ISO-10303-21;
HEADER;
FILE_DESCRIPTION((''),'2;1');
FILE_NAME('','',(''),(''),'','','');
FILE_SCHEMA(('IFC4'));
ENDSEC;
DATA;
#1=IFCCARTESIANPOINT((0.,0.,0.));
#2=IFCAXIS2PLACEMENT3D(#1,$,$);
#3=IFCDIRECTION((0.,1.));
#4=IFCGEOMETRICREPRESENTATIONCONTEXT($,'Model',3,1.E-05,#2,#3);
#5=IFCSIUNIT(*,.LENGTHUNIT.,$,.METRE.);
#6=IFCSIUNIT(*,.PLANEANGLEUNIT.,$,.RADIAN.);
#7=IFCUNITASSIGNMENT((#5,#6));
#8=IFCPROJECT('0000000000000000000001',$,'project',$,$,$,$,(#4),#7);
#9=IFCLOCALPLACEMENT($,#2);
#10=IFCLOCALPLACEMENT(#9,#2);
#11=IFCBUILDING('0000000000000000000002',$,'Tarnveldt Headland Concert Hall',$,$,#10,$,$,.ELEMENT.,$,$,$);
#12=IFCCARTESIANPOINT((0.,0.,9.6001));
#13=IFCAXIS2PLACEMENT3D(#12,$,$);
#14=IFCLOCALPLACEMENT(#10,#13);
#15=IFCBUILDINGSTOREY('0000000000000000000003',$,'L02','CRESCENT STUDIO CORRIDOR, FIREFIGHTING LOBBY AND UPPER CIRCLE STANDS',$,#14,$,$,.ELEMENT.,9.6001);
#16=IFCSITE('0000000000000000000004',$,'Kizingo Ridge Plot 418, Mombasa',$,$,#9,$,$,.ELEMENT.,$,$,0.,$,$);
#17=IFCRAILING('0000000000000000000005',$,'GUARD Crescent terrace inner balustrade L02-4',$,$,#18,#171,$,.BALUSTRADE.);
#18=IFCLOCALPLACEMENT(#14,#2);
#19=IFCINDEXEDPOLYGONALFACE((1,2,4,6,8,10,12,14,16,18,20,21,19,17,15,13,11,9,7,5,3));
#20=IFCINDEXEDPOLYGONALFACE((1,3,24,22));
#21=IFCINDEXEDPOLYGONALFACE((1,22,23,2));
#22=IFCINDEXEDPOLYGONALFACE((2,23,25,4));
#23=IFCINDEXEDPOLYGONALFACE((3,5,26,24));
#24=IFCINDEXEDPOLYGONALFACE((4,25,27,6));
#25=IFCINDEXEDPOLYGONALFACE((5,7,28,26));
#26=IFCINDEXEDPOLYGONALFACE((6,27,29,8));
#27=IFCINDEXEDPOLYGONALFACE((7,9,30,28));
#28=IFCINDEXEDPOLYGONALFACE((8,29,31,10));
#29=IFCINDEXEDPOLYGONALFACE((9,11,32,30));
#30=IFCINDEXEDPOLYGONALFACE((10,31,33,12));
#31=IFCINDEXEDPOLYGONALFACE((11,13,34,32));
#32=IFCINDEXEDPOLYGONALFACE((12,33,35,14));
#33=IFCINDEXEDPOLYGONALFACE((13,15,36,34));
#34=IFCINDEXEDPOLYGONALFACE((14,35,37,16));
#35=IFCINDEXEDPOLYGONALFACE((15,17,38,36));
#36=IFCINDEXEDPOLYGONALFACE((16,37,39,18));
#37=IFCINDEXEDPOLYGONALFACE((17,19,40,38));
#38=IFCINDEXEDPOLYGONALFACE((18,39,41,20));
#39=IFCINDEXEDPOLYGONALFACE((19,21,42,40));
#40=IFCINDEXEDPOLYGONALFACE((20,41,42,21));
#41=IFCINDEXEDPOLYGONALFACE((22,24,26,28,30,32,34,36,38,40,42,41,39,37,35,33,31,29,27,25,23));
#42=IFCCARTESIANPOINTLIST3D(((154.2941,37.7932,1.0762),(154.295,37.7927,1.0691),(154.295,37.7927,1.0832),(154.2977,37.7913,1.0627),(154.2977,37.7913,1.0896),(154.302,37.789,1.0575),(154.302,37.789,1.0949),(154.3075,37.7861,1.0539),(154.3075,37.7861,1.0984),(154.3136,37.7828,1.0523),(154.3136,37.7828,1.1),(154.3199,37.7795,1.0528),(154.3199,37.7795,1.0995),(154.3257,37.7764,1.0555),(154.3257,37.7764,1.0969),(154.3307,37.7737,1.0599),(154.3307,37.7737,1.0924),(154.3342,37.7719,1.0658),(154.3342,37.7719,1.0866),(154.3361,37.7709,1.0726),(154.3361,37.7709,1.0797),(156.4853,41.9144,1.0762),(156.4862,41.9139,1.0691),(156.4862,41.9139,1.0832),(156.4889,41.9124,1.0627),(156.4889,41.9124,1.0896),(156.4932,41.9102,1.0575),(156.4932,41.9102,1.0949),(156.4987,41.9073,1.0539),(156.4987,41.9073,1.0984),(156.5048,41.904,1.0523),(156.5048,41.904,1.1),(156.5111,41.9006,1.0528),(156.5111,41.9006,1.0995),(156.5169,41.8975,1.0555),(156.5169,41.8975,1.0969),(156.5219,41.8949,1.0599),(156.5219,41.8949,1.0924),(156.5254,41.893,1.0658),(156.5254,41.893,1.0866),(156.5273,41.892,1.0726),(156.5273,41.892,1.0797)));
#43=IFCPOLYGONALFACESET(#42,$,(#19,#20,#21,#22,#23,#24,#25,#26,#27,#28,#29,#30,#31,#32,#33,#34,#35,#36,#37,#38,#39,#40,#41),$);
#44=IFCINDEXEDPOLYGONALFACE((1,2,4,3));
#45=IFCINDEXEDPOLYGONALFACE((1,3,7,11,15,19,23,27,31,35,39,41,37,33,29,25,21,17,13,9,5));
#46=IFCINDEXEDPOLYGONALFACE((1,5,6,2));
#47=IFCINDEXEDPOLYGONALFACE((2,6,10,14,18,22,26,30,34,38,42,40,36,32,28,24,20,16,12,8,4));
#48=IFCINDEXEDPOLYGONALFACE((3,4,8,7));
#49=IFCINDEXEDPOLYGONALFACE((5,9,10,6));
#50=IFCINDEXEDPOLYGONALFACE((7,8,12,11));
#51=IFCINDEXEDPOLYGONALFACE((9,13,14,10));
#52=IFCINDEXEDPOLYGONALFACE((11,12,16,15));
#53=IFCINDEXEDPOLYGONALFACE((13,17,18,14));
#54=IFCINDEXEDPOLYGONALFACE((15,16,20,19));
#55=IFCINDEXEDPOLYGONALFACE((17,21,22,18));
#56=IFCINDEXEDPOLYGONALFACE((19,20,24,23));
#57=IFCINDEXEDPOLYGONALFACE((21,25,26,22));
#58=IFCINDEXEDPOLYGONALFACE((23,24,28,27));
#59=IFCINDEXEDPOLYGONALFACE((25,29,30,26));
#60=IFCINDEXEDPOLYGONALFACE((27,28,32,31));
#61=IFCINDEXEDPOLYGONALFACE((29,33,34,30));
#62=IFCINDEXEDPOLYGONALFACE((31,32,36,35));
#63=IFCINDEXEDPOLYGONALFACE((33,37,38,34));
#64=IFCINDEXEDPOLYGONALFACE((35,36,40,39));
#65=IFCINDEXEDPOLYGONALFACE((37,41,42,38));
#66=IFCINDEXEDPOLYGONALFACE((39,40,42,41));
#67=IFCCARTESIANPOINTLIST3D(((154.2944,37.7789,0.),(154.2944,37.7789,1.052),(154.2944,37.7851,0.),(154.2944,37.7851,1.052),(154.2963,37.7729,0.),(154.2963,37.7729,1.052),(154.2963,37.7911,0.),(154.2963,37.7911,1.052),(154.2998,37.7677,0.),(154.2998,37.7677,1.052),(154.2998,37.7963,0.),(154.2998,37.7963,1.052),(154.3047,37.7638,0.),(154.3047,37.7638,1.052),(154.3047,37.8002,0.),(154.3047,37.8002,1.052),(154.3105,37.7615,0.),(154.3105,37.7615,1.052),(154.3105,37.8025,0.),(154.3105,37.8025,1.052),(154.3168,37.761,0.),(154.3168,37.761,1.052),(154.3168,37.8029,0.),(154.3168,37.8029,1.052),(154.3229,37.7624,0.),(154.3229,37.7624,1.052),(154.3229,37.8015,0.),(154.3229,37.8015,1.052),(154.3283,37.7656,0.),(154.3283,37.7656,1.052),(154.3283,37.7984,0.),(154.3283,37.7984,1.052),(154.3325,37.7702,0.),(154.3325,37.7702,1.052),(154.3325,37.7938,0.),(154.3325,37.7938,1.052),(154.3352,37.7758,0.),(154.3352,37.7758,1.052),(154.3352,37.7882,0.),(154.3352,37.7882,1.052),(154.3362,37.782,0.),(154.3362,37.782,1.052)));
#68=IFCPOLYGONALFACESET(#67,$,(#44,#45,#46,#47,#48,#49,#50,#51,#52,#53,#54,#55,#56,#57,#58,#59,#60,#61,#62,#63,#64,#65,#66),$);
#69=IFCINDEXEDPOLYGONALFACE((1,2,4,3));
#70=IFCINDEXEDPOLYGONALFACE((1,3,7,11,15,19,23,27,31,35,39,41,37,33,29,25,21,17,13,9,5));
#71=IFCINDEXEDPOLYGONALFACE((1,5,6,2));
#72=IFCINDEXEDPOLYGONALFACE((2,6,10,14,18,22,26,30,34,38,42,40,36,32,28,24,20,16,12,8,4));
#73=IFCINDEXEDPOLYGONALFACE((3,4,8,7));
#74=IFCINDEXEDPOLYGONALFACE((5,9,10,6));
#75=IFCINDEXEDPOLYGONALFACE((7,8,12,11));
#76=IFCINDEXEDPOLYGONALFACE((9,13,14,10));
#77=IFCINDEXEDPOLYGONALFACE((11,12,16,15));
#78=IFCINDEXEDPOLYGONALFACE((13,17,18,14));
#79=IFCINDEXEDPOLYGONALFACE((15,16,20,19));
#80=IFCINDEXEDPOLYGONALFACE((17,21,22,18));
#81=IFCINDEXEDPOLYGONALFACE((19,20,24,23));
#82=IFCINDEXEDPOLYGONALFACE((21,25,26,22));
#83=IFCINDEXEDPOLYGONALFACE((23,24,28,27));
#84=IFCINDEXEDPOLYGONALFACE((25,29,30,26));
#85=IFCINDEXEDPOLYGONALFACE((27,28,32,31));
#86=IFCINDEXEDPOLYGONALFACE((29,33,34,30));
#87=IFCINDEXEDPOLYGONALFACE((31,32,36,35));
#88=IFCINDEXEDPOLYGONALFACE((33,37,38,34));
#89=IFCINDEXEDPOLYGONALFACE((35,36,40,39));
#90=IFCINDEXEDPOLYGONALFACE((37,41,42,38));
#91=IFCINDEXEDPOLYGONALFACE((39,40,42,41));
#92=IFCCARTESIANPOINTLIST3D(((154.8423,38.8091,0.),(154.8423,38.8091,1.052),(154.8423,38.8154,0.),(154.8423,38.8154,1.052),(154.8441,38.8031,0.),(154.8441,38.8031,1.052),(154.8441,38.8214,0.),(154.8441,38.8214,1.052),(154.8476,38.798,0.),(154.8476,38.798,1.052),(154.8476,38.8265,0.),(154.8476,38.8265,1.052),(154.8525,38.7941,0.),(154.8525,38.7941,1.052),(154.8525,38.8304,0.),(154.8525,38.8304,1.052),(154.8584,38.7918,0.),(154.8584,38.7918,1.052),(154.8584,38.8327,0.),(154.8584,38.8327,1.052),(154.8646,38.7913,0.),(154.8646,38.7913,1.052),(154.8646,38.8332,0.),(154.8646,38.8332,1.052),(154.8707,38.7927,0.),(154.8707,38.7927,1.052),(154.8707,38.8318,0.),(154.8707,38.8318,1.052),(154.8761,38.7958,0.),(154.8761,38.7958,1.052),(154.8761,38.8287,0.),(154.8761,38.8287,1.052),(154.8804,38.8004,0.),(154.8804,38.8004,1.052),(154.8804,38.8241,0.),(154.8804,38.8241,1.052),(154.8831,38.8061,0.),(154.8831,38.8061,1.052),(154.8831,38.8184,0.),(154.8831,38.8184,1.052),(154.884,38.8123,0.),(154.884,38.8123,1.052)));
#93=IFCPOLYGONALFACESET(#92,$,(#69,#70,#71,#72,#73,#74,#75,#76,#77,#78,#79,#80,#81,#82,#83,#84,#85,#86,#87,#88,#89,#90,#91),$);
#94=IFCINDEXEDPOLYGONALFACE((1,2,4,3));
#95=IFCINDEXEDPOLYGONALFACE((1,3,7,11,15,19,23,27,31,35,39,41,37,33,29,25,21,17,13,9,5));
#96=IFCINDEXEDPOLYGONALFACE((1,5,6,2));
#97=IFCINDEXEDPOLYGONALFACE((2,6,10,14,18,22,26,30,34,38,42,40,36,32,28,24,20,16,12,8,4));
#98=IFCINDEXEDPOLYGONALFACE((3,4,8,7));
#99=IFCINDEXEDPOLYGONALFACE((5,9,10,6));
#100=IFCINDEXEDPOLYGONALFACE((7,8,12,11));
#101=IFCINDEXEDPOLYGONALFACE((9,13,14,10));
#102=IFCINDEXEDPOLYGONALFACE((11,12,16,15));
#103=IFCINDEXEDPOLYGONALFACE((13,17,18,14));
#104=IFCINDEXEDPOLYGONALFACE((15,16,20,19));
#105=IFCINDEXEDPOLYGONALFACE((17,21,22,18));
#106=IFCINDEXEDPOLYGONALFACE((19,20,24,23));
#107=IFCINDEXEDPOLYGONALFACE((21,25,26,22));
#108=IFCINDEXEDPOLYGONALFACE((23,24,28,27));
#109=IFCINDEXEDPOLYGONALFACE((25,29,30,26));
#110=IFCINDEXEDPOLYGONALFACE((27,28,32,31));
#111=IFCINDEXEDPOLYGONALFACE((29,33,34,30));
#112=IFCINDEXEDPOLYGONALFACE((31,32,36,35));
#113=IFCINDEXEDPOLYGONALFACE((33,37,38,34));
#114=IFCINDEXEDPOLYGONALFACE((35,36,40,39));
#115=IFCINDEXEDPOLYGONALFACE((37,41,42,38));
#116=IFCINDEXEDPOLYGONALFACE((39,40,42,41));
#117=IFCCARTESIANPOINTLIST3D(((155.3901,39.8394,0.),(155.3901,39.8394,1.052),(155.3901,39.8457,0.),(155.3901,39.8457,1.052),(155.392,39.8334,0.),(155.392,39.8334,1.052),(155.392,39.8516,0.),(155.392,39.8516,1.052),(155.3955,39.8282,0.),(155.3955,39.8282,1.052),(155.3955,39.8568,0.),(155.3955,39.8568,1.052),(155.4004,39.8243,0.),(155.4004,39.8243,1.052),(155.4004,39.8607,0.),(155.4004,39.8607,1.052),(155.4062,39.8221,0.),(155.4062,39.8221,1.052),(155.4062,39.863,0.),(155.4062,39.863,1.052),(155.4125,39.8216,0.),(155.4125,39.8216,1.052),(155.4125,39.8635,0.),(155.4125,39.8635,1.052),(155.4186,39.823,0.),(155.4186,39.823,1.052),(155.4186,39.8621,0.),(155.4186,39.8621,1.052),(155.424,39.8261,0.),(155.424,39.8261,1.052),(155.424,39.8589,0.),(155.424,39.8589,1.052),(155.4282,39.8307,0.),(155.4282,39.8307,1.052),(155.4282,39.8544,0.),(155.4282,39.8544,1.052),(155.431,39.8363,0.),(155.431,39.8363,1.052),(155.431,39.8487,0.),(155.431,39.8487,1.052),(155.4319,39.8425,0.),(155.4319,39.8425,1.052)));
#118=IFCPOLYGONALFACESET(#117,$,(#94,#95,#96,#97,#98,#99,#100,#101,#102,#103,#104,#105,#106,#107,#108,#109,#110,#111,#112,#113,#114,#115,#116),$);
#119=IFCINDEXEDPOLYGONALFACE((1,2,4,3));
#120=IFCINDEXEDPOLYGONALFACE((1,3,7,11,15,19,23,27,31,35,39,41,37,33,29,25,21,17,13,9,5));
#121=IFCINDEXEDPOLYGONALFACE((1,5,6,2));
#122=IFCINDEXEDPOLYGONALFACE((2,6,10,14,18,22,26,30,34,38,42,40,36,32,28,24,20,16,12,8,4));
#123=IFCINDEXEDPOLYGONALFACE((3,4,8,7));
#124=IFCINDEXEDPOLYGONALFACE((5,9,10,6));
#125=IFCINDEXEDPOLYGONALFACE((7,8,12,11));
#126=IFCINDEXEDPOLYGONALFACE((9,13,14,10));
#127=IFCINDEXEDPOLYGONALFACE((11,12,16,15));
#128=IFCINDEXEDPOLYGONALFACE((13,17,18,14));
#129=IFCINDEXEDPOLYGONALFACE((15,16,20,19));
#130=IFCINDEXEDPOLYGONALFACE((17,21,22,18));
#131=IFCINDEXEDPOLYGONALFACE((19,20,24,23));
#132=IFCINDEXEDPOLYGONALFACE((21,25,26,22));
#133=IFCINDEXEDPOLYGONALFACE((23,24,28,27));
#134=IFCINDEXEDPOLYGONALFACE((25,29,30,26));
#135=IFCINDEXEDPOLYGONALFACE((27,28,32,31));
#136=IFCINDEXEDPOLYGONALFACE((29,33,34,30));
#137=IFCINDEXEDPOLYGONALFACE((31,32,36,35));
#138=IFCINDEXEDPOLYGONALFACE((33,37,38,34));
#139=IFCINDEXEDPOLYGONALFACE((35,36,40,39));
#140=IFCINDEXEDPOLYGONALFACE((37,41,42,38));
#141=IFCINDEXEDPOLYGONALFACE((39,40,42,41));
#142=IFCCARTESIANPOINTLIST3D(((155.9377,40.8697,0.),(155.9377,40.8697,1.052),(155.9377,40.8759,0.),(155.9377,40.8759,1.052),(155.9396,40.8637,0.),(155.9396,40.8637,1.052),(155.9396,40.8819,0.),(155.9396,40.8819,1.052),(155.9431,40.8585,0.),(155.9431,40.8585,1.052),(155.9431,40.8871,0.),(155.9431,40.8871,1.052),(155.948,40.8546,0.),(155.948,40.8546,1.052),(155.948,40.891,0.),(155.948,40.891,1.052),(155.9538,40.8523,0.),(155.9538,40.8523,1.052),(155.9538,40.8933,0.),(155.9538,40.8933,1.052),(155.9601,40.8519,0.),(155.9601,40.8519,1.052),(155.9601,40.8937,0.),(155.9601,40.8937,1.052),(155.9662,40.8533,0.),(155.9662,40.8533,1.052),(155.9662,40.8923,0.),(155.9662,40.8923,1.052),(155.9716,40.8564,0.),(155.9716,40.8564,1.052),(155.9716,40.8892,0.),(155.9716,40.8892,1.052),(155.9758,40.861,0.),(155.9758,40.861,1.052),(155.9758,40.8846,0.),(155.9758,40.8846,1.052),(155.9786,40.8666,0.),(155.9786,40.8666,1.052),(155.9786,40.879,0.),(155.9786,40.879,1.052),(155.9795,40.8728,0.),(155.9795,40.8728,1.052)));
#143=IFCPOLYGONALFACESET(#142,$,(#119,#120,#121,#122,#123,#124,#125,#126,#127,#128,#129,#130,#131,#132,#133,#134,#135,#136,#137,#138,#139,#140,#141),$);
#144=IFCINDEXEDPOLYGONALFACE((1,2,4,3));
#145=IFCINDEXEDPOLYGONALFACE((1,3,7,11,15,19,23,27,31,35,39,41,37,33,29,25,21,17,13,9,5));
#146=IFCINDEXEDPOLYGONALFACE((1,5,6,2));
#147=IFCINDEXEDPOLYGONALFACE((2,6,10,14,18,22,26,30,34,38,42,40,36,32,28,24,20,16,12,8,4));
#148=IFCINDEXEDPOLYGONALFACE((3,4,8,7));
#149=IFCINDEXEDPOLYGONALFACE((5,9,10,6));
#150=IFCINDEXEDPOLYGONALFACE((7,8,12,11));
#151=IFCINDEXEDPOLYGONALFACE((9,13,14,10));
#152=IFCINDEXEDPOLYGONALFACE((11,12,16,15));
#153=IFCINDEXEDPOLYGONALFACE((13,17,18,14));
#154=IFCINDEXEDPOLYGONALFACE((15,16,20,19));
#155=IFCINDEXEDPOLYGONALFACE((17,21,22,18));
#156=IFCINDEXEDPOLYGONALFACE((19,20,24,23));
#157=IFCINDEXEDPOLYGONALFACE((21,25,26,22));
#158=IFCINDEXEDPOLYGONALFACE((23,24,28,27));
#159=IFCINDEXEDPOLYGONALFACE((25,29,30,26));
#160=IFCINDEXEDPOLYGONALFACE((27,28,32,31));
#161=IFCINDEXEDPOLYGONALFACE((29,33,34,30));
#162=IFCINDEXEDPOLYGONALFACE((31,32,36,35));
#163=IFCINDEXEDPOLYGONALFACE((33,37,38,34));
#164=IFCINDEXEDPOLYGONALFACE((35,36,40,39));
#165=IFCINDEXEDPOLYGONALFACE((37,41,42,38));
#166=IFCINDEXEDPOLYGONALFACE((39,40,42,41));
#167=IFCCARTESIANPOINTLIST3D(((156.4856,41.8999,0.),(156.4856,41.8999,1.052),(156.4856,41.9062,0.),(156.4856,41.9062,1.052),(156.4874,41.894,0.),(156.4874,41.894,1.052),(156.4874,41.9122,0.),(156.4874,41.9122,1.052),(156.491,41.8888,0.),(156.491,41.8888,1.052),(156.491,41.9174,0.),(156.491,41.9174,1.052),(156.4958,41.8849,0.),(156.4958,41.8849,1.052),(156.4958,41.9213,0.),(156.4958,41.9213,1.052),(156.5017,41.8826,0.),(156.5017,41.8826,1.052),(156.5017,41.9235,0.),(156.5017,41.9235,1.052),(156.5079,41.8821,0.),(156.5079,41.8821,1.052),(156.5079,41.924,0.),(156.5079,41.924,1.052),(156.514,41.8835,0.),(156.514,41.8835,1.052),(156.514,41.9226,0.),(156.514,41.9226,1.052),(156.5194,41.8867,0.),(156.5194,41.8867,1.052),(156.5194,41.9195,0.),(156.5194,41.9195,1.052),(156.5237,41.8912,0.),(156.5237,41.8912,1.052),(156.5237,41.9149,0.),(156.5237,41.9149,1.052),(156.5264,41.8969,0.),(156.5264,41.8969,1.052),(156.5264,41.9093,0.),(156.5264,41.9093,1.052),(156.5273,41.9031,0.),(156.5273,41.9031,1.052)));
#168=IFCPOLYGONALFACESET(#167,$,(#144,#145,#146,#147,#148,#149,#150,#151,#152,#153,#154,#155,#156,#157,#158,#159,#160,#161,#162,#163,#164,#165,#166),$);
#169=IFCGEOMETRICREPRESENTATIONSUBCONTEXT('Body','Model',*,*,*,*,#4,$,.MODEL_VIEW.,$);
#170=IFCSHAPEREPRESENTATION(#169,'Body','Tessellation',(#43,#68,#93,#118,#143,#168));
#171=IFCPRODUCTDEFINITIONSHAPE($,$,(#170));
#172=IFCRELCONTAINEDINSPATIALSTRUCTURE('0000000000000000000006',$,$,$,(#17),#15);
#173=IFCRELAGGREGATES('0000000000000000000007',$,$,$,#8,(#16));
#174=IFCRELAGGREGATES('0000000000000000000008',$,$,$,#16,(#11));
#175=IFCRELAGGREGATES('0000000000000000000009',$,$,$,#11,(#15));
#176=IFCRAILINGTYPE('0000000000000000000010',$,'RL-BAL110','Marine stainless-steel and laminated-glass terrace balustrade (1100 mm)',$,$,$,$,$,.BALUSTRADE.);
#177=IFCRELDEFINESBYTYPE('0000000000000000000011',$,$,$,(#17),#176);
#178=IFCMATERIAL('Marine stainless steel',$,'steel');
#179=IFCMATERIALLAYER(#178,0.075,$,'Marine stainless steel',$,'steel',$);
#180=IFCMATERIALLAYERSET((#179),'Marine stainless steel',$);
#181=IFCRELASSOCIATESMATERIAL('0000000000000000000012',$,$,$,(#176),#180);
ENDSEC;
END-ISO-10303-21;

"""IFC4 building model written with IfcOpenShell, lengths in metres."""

from ifc_helpers import new_model, si_unit, direction, frame, origin, origin_2d, place, context, subcontext, project, spatial, circle, extrude, material, layer, layer_set, type_object, element, save


model = new_model("IFC4")

# Units and contexts
model_context = context("Model", 3, precision=1e-05, world=origin(), true_north=direction((0.0, 1.0)))
body_context = subcontext(model_context, "Body", "Model", "MODEL_VIEW")
ifc_project = project(units=[si_unit("LENGTHUNIT", "METRE"), si_unit("PLANEANGLEUNIT", "RADIAN")], contexts=[model_context])

# Site, building, storey
site_placement = place(None, origin())
site = spatial("IfcSite", under=ifc_project, at=site_placement, Name="Kizingo Ridge Plot 418, Mombasa", CompositionType="ELEMENT", RefElevation=0.0)
building_placement = place(site_placement, origin())
building = spatial("IfcBuilding", under=site, at=building_placement, Name="Tarnveldt Headland Concert Hall", CompositionType="ELEMENT")
storey_placement = place(building_placement, frame((0.0, 0.0, 9.6001)))
storey = spatial("IfcBuildingStorey", under=building, at=storey_placement, Name="L02", Description="CRESCENT STUDIO CORRIDOR, FIREFIGHTING LOBBY AND UPPER CIRCLE STANDS", CompositionType="ELEMENT", Elevation=9.6001)

# Railing
ifc_material_1 = material(Name="Marine stainless steel", Category="steel")
ifc_layer_1 = layer(ifc_material_1, 0.075, Name="Marine stainless steel", Category="steel")
ifc_layer_set_1 = layer_set([ifc_layer_1], Name="Marine stainless steel")
railing_type = type_object("IfcRailingType", Name="RL-BAL110", Description="Marine stainless-steel and laminated-glass terrace balustrade (1100 mm)", PredefinedType="BALUSTRADE", material=ifc_layer_set_1)
railing_1_placement = place(storey_placement, frame((154.3152, 37.782, 0.0)))
element("IfcRailing", 1, at=railing_1_placement, inside=storey, type_object=railing_type, Name="GUARD Crescent terrace inner balustrade L02-4", PredefinedType="BALUSTRADE", context=body_context, shape_type="SweptSolid", body=[
    extrude(circle(Radius=0.0239, at=origin_2d()), frame((0.0, 0.0, 1.0762), z_axis=(0.469461, 0.882953, 0.0), x_axis=(-0.882953, 0.469461, 0.0)), (0.0, 0.0, 1.0), 4.6675),
    extrude(circle(Radius=0.021, at=origin_2d()), origin(), (0.0, 0.0, 1.0), 1.052),
    extrude(circle(Radius=0.021, at=origin_2d()), frame((0.5479, 1.0303, 0.0)), (0.0, 0.0, 1.0), 1.052),
    extrude(circle(Radius=0.021, at=origin_2d()), frame((1.0957, 2.0605, 0.0)), (0.0, 0.0, 1.0), 1.052),
    extrude(circle(Radius=0.021, at=origin_2d()), frame((1.6433, 3.0908, 0.0)), (0.0, 0.0, 1.0), 1.052),
    extrude(circle(Radius=0.021, at=origin_2d()), frame((2.1912, 4.1211, 0.0)), (0.0, 0.0, 1.0), 1.052),
])

save(model, "model.ifc")
